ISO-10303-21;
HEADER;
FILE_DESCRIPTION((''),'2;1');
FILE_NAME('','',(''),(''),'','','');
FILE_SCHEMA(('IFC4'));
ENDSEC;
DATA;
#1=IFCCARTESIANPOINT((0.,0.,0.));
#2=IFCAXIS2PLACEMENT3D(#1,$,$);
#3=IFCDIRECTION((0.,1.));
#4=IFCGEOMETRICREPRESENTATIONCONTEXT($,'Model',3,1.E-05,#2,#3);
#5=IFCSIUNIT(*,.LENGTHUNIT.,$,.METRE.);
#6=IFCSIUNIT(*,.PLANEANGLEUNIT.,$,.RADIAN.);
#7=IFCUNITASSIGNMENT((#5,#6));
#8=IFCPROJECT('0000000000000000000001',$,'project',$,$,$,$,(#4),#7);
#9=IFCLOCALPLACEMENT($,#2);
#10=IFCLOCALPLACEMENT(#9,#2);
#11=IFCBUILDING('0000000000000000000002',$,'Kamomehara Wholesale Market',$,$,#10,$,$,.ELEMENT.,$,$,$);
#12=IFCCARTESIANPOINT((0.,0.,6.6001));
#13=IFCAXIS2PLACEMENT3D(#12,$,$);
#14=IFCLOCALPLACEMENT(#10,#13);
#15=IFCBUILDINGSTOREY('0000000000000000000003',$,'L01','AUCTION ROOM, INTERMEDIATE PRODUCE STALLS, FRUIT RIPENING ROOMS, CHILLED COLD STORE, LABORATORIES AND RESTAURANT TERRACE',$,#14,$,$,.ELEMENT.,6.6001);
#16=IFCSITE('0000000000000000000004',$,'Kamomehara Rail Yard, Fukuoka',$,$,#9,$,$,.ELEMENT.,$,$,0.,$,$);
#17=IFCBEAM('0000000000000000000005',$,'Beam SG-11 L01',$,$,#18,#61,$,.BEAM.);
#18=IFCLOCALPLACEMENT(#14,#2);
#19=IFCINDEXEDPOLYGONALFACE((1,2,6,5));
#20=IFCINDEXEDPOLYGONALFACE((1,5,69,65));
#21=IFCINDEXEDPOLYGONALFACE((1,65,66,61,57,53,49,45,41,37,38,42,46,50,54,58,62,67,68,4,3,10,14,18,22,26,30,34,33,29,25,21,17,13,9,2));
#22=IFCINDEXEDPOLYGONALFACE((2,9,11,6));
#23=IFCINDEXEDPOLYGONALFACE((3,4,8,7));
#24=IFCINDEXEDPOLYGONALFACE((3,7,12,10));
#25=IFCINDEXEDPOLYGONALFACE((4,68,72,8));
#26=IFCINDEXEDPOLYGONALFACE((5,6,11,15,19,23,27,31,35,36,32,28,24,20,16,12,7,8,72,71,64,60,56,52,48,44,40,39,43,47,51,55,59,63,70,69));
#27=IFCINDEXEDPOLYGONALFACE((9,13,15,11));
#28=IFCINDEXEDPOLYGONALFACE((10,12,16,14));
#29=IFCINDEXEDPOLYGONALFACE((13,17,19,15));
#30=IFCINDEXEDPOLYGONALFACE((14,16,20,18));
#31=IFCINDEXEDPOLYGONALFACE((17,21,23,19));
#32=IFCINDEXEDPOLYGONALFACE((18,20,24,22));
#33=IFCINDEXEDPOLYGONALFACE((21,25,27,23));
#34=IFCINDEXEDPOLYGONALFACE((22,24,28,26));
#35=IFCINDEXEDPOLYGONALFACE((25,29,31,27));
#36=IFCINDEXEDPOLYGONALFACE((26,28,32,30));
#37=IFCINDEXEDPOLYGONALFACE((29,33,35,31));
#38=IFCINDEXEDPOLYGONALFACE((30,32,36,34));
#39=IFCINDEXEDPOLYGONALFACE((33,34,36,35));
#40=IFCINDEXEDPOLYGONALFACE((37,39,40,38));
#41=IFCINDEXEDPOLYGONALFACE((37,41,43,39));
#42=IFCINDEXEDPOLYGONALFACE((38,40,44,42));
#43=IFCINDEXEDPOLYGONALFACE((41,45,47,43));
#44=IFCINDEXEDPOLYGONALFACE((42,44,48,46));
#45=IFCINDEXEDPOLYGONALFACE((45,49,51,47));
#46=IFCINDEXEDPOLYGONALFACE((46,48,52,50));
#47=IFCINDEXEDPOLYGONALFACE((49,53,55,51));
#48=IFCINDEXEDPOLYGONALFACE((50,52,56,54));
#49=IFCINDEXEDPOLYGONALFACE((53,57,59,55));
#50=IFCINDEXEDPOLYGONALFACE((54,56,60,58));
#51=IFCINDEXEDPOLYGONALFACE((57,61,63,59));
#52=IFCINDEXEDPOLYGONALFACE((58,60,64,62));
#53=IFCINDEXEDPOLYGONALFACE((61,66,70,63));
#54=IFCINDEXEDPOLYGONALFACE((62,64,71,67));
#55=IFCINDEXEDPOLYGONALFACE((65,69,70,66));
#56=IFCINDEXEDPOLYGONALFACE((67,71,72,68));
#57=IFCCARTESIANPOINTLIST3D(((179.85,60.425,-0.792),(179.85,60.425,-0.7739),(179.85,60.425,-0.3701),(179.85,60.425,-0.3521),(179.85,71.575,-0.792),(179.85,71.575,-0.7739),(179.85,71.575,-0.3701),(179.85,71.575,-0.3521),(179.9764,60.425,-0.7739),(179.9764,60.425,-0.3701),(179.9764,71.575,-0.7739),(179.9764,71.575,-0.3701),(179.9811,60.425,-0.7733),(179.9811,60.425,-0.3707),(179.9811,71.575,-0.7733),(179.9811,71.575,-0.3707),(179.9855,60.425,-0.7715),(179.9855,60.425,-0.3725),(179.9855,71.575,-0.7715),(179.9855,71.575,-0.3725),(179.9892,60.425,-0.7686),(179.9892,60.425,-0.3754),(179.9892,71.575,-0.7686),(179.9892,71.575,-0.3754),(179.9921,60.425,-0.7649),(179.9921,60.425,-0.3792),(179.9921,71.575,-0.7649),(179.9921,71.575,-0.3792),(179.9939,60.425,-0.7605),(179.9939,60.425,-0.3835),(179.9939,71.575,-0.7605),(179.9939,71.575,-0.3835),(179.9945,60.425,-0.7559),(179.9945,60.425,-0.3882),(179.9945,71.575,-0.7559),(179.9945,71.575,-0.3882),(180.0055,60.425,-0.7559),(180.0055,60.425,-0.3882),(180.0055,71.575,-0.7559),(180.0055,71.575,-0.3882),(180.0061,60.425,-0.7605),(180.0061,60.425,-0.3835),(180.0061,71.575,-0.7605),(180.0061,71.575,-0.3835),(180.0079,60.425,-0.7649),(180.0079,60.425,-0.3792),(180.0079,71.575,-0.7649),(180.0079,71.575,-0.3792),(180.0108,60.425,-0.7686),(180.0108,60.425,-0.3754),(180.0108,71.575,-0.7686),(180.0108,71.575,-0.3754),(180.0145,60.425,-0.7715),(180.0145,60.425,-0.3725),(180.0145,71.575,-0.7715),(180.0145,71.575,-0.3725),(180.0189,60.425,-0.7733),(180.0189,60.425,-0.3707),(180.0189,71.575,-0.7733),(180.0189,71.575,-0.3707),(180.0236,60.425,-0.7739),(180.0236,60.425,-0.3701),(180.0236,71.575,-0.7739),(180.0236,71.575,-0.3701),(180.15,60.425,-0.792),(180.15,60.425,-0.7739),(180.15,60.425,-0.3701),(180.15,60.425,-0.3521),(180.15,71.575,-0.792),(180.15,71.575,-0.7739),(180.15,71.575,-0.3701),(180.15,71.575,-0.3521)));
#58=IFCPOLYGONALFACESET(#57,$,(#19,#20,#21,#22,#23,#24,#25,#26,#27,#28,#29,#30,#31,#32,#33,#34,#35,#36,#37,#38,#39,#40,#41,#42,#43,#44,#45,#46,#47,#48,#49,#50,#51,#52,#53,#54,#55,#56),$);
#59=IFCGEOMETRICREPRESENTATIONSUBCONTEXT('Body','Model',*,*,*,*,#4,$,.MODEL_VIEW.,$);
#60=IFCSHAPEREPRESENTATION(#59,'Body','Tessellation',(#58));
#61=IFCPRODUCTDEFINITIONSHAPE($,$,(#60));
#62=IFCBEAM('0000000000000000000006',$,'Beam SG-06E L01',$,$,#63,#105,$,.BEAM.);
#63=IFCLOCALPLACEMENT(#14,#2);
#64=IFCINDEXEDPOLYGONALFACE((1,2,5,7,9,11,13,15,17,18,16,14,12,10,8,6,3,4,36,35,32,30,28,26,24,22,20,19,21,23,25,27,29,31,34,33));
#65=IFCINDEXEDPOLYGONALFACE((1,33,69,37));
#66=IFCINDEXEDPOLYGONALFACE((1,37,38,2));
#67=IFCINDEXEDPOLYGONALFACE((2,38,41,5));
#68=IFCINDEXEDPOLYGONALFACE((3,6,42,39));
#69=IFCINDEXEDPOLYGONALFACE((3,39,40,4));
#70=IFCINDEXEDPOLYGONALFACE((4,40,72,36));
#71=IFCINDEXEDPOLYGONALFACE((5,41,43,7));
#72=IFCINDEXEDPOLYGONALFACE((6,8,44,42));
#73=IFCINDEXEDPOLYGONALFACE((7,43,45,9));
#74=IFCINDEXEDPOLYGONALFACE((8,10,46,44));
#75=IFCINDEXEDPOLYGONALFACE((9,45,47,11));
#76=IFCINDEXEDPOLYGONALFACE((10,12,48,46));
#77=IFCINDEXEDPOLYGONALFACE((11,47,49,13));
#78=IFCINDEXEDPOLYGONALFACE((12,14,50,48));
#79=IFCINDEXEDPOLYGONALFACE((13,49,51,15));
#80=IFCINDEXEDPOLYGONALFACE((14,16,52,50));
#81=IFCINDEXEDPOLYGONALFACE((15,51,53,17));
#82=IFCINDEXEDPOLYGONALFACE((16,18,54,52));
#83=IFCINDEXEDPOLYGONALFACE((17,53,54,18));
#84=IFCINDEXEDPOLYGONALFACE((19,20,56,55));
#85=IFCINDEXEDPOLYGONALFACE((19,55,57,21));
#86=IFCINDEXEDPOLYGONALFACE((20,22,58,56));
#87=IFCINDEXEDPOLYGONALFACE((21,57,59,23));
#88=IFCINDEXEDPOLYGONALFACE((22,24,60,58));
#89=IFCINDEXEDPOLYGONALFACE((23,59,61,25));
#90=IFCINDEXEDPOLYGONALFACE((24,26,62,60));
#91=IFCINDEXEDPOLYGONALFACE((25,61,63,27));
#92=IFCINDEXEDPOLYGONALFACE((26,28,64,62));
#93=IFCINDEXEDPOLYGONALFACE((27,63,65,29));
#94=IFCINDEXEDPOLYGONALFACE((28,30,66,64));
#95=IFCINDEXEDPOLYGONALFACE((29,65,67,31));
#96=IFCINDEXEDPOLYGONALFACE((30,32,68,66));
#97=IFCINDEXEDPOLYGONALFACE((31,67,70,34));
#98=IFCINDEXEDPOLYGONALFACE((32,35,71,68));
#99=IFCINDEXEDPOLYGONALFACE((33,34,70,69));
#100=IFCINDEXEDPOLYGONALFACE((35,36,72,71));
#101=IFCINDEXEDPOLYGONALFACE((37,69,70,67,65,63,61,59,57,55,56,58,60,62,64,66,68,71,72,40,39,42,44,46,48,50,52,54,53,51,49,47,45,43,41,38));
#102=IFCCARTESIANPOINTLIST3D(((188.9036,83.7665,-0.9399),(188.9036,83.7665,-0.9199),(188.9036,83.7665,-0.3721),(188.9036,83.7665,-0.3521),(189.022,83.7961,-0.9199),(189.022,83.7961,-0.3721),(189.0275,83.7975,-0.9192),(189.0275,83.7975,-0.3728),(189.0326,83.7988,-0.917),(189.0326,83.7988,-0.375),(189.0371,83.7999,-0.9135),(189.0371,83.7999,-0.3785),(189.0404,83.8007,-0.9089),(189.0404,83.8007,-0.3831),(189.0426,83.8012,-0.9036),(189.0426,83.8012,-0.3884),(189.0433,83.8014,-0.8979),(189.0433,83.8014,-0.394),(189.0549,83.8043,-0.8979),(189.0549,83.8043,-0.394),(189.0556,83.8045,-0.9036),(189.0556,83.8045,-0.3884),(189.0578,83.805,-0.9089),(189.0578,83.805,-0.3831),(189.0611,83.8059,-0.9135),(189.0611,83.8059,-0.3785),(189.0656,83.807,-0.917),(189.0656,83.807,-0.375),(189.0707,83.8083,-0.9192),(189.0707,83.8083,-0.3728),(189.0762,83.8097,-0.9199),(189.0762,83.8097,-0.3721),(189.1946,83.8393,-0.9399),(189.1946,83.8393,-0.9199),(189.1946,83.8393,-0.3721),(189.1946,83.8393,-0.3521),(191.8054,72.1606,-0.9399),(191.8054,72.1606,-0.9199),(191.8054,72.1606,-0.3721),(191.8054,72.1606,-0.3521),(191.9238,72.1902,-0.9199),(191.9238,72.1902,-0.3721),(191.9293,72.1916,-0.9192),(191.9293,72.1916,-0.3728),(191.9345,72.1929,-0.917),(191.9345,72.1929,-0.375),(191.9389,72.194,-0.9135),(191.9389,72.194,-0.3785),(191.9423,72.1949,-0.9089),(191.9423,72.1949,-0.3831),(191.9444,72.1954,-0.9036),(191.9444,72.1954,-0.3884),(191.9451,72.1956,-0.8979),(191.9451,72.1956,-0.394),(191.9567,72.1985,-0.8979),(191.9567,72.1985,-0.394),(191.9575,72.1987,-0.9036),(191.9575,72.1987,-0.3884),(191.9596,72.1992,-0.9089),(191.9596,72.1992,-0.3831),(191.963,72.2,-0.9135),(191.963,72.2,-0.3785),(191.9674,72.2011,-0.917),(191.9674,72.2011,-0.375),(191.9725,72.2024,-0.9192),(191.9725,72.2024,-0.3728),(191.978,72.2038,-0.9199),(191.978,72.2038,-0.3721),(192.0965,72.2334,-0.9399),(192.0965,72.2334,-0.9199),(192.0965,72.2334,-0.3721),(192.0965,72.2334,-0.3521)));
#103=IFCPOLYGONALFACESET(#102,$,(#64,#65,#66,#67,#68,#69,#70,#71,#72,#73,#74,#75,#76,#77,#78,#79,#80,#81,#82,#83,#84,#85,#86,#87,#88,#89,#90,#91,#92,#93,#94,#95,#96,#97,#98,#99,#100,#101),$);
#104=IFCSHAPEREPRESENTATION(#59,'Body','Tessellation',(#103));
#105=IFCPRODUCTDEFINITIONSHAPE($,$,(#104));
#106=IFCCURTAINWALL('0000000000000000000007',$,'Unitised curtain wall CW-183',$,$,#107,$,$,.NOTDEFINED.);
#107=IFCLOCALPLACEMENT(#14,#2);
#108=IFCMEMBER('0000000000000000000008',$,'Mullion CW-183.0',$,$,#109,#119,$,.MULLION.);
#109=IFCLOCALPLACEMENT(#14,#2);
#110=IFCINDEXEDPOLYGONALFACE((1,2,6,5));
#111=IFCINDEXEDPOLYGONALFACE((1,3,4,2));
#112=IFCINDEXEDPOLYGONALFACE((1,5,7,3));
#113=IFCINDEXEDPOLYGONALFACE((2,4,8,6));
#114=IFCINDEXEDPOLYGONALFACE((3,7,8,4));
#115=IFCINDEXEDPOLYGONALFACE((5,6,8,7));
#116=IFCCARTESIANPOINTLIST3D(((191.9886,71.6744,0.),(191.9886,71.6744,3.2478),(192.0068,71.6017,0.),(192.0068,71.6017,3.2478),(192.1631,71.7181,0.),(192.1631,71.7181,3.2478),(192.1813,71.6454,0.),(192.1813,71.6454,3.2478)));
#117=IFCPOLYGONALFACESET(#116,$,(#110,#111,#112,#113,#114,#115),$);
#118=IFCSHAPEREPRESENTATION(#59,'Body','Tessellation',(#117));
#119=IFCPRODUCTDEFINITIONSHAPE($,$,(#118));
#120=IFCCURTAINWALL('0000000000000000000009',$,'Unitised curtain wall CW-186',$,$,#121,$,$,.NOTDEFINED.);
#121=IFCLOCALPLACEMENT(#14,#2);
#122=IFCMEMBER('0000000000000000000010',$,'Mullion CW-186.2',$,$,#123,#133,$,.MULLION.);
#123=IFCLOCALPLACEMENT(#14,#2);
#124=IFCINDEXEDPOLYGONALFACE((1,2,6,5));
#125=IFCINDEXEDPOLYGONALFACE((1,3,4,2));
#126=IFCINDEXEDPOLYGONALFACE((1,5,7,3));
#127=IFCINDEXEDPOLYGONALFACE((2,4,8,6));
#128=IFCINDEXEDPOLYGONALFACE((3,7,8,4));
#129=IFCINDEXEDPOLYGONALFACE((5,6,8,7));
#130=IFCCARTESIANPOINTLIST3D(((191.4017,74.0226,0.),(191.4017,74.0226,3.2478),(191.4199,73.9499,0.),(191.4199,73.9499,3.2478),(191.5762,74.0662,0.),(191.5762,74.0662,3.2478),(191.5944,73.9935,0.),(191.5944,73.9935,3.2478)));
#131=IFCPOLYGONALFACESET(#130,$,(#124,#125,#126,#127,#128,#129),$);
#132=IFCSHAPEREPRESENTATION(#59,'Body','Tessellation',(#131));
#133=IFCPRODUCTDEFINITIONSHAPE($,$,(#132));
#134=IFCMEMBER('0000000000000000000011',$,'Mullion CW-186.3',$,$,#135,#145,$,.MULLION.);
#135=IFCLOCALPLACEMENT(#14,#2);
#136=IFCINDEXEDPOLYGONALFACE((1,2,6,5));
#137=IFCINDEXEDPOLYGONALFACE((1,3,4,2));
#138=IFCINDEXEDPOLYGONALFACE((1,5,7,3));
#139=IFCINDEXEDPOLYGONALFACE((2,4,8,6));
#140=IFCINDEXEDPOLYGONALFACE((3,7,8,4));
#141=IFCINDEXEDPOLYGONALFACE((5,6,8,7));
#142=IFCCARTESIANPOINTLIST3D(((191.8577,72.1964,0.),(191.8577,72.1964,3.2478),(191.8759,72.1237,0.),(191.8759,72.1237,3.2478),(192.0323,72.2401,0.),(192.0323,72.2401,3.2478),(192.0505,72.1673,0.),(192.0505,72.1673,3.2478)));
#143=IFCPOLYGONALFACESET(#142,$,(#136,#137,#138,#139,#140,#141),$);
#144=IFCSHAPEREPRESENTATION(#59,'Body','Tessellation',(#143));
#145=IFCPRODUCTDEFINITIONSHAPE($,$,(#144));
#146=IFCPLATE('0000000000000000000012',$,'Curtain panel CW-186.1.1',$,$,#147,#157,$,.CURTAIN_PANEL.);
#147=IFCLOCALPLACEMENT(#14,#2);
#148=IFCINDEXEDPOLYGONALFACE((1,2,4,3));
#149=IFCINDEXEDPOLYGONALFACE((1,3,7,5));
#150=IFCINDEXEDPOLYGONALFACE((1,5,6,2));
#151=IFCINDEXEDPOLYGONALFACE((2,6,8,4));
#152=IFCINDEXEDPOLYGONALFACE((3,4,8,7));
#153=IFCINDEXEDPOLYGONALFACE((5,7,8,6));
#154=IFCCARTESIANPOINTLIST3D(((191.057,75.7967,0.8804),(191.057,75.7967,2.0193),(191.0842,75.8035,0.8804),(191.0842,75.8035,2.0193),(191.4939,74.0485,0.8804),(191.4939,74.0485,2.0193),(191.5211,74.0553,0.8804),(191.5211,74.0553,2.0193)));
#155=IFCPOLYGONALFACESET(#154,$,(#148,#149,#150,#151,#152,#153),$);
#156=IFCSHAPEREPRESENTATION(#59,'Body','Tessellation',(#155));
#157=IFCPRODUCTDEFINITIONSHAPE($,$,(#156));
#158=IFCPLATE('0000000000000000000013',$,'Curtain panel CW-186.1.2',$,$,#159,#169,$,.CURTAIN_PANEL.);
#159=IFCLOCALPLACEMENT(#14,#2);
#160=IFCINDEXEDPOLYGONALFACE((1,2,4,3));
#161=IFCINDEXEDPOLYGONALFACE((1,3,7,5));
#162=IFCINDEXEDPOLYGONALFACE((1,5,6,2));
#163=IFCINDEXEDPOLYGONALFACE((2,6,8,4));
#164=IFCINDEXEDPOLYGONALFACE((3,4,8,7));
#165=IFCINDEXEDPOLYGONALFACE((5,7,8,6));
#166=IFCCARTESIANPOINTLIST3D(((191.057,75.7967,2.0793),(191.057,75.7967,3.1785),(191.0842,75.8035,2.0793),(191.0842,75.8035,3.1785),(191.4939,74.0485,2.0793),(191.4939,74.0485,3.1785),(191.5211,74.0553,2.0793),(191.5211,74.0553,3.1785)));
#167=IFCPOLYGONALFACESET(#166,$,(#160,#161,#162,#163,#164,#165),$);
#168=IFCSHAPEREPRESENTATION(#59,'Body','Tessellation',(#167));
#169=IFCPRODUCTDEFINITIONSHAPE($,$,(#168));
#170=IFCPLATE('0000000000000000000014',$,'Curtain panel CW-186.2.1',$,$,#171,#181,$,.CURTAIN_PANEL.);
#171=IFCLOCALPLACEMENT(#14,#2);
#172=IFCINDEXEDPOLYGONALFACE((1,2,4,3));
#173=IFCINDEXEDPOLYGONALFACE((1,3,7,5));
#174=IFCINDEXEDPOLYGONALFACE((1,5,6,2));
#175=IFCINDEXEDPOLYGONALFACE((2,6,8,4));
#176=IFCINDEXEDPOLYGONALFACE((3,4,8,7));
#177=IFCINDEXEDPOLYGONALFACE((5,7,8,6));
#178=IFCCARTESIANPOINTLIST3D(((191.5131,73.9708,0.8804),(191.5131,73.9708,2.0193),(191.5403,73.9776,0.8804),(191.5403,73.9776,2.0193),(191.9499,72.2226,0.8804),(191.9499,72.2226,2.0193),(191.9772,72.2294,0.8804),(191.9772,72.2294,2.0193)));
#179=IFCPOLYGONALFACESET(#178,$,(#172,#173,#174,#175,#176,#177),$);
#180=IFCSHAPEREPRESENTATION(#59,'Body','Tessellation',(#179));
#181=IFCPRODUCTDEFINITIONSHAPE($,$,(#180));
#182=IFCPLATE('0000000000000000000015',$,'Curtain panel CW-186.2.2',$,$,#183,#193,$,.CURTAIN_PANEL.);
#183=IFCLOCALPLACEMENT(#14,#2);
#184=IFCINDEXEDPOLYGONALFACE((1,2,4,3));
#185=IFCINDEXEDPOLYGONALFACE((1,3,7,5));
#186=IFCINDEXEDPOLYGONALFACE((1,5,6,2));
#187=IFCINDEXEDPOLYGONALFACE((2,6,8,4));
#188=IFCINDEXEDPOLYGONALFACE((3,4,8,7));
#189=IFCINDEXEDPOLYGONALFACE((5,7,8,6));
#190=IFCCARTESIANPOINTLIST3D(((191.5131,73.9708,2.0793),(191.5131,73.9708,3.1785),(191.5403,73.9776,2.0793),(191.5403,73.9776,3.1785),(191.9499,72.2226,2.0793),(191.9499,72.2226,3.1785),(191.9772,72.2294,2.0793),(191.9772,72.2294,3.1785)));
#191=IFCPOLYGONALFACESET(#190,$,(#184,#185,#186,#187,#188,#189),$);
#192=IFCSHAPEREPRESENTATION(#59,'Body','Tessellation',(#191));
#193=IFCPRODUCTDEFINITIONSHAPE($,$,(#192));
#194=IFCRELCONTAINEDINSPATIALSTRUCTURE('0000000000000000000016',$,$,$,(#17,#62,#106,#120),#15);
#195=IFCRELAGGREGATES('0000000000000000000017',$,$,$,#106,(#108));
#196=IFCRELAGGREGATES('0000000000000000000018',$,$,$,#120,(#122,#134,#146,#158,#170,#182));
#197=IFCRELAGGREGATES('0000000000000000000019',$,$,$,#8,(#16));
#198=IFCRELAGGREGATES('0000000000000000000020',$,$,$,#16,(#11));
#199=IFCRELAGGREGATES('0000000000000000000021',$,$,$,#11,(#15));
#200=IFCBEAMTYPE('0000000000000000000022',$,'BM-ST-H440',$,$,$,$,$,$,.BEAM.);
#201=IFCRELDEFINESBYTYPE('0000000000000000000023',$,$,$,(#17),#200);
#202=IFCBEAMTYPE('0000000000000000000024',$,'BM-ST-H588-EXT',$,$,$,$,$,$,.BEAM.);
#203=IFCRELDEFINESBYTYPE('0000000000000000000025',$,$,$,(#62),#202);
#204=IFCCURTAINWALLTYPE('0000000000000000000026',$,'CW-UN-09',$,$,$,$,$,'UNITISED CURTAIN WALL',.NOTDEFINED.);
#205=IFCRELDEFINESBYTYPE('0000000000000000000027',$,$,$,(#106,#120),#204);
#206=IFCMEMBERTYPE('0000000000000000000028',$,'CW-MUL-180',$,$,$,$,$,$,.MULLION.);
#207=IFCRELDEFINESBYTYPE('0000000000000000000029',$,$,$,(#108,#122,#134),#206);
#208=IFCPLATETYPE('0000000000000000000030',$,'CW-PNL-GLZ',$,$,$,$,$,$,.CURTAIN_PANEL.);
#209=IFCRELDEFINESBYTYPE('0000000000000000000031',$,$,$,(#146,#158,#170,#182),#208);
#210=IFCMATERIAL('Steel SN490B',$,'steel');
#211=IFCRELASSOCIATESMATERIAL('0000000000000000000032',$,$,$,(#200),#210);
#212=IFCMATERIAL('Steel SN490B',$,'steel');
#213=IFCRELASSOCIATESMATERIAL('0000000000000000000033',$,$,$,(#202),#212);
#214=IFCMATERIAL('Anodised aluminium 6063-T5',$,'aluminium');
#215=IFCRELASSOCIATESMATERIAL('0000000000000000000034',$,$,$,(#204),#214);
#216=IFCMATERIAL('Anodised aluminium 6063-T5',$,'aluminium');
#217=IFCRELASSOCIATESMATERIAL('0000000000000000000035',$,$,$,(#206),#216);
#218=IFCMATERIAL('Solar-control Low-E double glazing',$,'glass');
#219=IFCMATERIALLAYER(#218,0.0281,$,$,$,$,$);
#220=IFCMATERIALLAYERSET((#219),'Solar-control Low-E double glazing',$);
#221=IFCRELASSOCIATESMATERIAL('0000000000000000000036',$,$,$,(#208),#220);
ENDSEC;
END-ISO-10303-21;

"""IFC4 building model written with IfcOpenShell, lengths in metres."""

from ifc_helpers import new_model, si_unit, direction, frame, origin, origin_2d, place, context, subcontext, project, spatial, rectangle, i_section, extrude, material, layer, layer_set, material_profile, profile_set, type_object, element, aggregate, save


model = new_model("IFC4")

# Units and contexts
model_context = context("Model", 3, precision=1e-05, world=origin(), true_north=direction((0.0, 1.0)))
body_context = subcontext(model_context, "Body", "Model", "MODEL_VIEW")
ifc_project = project(units=[si_unit("LENGTHUNIT", "METRE"), si_unit("PLANEANGLEUNIT", "RADIAN")], contexts=[model_context])

# Site, building, storey
site_placement = place(None, origin())
site = spatial("IfcSite", under=ifc_project, at=site_placement, Name="Kamomehara Rail Yard, Fukuoka", CompositionType="ELEMENT", RefElevation=0.0)
building_placement = place(site_placement, origin())
building = spatial("IfcBuilding", under=site, at=building_placement, Name="Kamomehara Wholesale Market", CompositionType="ELEMENT")
storey_placement = place(building_placement, frame((0.0, 0.0, 6.6001)))
storey = spatial("IfcBuildingStorey", under=building, at=storey_placement, Name="L01", Description="AUCTION ROOM, INTERMEDIATE PRODUCE STALLS, FRUIT RIPENING ROOMS, CHILLED COLD STORE, LABORATORIES AND RESTAURANT TERRACE", CompositionType="ELEMENT", Elevation=6.6001)

# Beams
ifc_material_1 = material(Name="Steel SN490B", Category="steel")
ifc_material_profile_1 = material_profile(ifc_material_1, i_section(OverallWidth=0.3, OverallDepth=0.4399, WebThickness=0.011, FlangeThickness=0.0181, FilletRadius=0.0181, at=origin_2d()), Name="H-440x300x11x18")
ifc_profile_set_1 = profile_set([ifc_material_profile_1], Name="Steel SN490B")
beam_type_1 = type_object("IfcBeamType", Name="BM-ST-H440", PredefinedType="BEAM", material=ifc_profile_set_1)
beam_1_placement = place(storey_placement, frame((180.0, 60.425, -0.572), z_axis=(0.0, 1.0, 0.0), x_axis=(-1.0, 0.0, 0.0)))
element("IfcBeam", 1, at=beam_1_placement, inside=storey, type_object=beam_type_1, Name="Beam SG-11 L01", PredefinedType="BEAM", context=body_context, shape_type="SweptSolid", body=[
    extrude(i_section(OverallWidth=0.3, OverallDepth=0.4399, WebThickness=0.011, FlangeThickness=0.0181, FilletRadius=0.0181, at=origin_2d()), origin(), (0.0, 0.0, 1.0), 11.1499),
])
ifc_material_2 = material(Name="Steel SN490B", Category="steel")
ifc_material_profile_2 = material_profile(ifc_material_2, i_section(OverallWidth=0.3, OverallDepth=0.5879, WebThickness=0.012, FlangeThickness=0.02, FilletRadius=0.022, at=origin_2d()), Name="H-588x300x12x20")
ifc_profile_set_2 = profile_set([ifc_material_profile_2], Name="Steel SN490B")
beam_type_2 = type_object("IfcBeamType", Name="BM-ST-H588-EXT", PredefinedType="BEAM", material=ifc_profile_set_2)
beam_2_placement = place(storey_placement, frame((191.9509, 72.197, -0.646), z_axis=(-0.242564, 0.970135, 0.0), x_axis=(-0.970135, -0.242564, 0.0)))
element("IfcBeam", 2, at=beam_2_placement, inside=storey, type_object=beam_type_2, Name="Beam SG-06E L01", PredefinedType="BEAM", context=body_context, shape_type="SweptSolid", body=[
    extrude(i_section(OverallWidth=0.3, OverallDepth=0.5879, WebThickness=0.012, FlangeThickness=0.02, FilletRadius=0.022, at=origin_2d()), origin(), (0.0, 0.0, 1.0), 11.9631),
])

# Curtain wall, member
ifc_material_3 = material(Name="Anodised aluminium 6063-T5", Category="aluminium")
curtain_wall_type = type_object("IfcCurtainWallType", Name="CW-UN-09", ElementType="UNITISED CURTAIN WALL", PredefinedType="NOTDEFINED", material=ifc_material_3)
curtain_wall_1_placement = place(storey_placement, origin())
curtain_wall_1 = element("IfcCurtainWall", 3, at=curtain_wall_1_placement, inside=storey, type_object=curtain_wall_type, Name="Unitised curtain wall CW-183", PredefinedType="NOTDEFINED")
ifc_material_4 = material(Name="Anodised aluminium 6063-T5", Category="aluminium")
ifc_material_profile_3 = material_profile(ifc_material_4, rectangle(XDim=0.075, YDim=0.1799, at=origin_2d()), Name="ALU-MUL-75x180")
ifc_profile_set_3 = profile_set([ifc_material_profile_3], Name="Anodised aluminium 6063-T5")
member_type = type_object("IfcMemberType", Name="CW-MUL-180", PredefinedType="MULLION", material=ifc_profile_set_3)
member_1_placement = place(storey_placement, frame((192.085, 71.6599, 0.0), z_axis=(0.0, 0.0, 1.0), x_axis=(0.242618, -0.970122, 0.0)))
member_1 = element("IfcMember", 4, at=member_1_placement, type_object=member_type, Name="Mullion CW-183.0", PredefinedType="MULLION", context=body_context, shape_type="SweptSolid", body=[
    extrude(rectangle(XDim=0.075, YDim=0.1799, at=origin_2d()), origin(), (0.0, 0.0, 1.0), 3.2478),
])
aggregate(curtain_wall_1, [member_1])

# Curtain wall, members, plates
curtain_wall_2_placement = place(storey_placement, origin())
curtain_wall_2 = element("IfcCurtainWall", 5, at=curtain_wall_2_placement, inside=storey, type_object=curtain_wall_type, Name="Unitised curtain wall CW-186", PredefinedType="NOTDEFINED")
member_2_placement = place(storey_placement, frame((191.498, 74.0081, 0.0), z_axis=(0.0, 0.0, 1.0), x_axis=(0.242452, -0.970163, 0.0)))
member_2 = element("IfcMember", 6, at=member_2_placement, type_object=member_type, Name="Mullion CW-186.2", PredefinedType="MULLION", context=body_context, shape_type="SweptSolid", body=[
    extrude(rectangle(XDim=0.075, YDim=0.1799, at=origin_2d()), origin(), (0.0, 0.0, 1.0), 3.2478),
])
member_3_placement = place(storey_placement, frame((191.9541, 72.1819, 0.0), z_axis=(0.0, 0.0, 1.0), x_axis=(0.242452, -0.970163, 0.0)))
member_3 = element("IfcMember", 7, at=member_3_placement, type_object=member_type, Name="Mullion CW-186.3", PredefinedType="MULLION", context=body_context, shape_type="SweptSolid", body=[
    extrude(rectangle(XDim=0.075, YDim=0.1799, at=origin_2d()), origin(), (0.0, 0.0, 1.0), 3.2478),
])
ifc_material_5 = material(Name="Solar-control Low-E double glazing", Category="glass")
ifc_layer_1 = layer(ifc_material_5, 0.0281)
ifc_layer_set_1 = layer_set([ifc_layer_1], Name="Solar-control Low-E double glazing")
plate_type_1 = type_object("IfcPlateType", Name="CW-PNL-GLZ", PredefinedType="CURTAIN_PANEL", material=ifc_layer_set_1)
plate_1_placement = place(storey_placement, frame((191.2891, 74.926, 0.8804), z_axis=(0.0, 0.0, 1.0), x_axis=(0.242447, -0.970165, 0.0)))
plate_1 = element("IfcPlate", 8, at=plate_1_placement, type_object=plate_type_1, Name="Curtain panel CW-186.1.1", PredefinedType="CURTAIN_PANEL", context=body_context, shape_type="SweptSolid", body=[
    extrude(rectangle(XDim=1.802, YDim=0.0281, at=origin_2d()), origin(), (0.0, 0.0, 1.0), 1.1389),
])
plate_2_placement = place(storey_placement, frame((191.2891, 74.926, 2.0793), z_axis=(0.0, 0.0, 1.0), x_axis=(0.242447, -0.970165, 0.0)))
plate_2 = element("IfcPlate", 9, at=plate_2_placement, type_object=plate_type_1, Name="Curtain panel CW-186.1.2", PredefinedType="CURTAIN_PANEL", context=body_context, shape_type="SweptSolid", body=[
    extrude(rectangle(XDim=1.802, YDim=0.0281, at=origin_2d()), origin(), (0.0, 0.0, 1.0), 1.0991),
])
plate_3_placement = place(storey_placement, frame((191.7451, 73.1001, 0.8804), z_axis=(0.0, 0.0, 1.0), x_axis=(0.242447, -0.970165, 0.0)))
plate_3 = element("IfcPlate", 10, at=plate_3_placement, type_object=plate_type_1, Name="Curtain panel CW-186.2.1", PredefinedType="CURTAIN_PANEL", context=body_context, shape_type="SweptSolid", body=[
    extrude(rectangle(XDim=1.802, YDim=0.0281, at=origin_2d()), origin(), (0.0, 0.0, 1.0), 1.1389),
])
plate_4_placement = place(storey_placement, frame((191.7451, 73.1001, 2.0793), z_axis=(0.0, 0.0, 1.0), x_axis=(0.242447, -0.970165, 0.0)))
plate_4 = element("IfcPlate", 11, at=plate_4_placement, type_object=plate_type_1, Name="Curtain panel CW-186.2.2", PredefinedType="CURTAIN_PANEL", context=body_context, shape_type="SweptSolid", body=[
    extrude(rectangle(XDim=1.802, YDim=0.0281, at=origin_2d()), origin(), (0.0, 0.0, 1.0), 1.0991),
])
aggregate(curtain_wall_2, [member_2, member_3, plate_1, plate_2, plate_3, plate_4])

save(model, "model.ifc")
